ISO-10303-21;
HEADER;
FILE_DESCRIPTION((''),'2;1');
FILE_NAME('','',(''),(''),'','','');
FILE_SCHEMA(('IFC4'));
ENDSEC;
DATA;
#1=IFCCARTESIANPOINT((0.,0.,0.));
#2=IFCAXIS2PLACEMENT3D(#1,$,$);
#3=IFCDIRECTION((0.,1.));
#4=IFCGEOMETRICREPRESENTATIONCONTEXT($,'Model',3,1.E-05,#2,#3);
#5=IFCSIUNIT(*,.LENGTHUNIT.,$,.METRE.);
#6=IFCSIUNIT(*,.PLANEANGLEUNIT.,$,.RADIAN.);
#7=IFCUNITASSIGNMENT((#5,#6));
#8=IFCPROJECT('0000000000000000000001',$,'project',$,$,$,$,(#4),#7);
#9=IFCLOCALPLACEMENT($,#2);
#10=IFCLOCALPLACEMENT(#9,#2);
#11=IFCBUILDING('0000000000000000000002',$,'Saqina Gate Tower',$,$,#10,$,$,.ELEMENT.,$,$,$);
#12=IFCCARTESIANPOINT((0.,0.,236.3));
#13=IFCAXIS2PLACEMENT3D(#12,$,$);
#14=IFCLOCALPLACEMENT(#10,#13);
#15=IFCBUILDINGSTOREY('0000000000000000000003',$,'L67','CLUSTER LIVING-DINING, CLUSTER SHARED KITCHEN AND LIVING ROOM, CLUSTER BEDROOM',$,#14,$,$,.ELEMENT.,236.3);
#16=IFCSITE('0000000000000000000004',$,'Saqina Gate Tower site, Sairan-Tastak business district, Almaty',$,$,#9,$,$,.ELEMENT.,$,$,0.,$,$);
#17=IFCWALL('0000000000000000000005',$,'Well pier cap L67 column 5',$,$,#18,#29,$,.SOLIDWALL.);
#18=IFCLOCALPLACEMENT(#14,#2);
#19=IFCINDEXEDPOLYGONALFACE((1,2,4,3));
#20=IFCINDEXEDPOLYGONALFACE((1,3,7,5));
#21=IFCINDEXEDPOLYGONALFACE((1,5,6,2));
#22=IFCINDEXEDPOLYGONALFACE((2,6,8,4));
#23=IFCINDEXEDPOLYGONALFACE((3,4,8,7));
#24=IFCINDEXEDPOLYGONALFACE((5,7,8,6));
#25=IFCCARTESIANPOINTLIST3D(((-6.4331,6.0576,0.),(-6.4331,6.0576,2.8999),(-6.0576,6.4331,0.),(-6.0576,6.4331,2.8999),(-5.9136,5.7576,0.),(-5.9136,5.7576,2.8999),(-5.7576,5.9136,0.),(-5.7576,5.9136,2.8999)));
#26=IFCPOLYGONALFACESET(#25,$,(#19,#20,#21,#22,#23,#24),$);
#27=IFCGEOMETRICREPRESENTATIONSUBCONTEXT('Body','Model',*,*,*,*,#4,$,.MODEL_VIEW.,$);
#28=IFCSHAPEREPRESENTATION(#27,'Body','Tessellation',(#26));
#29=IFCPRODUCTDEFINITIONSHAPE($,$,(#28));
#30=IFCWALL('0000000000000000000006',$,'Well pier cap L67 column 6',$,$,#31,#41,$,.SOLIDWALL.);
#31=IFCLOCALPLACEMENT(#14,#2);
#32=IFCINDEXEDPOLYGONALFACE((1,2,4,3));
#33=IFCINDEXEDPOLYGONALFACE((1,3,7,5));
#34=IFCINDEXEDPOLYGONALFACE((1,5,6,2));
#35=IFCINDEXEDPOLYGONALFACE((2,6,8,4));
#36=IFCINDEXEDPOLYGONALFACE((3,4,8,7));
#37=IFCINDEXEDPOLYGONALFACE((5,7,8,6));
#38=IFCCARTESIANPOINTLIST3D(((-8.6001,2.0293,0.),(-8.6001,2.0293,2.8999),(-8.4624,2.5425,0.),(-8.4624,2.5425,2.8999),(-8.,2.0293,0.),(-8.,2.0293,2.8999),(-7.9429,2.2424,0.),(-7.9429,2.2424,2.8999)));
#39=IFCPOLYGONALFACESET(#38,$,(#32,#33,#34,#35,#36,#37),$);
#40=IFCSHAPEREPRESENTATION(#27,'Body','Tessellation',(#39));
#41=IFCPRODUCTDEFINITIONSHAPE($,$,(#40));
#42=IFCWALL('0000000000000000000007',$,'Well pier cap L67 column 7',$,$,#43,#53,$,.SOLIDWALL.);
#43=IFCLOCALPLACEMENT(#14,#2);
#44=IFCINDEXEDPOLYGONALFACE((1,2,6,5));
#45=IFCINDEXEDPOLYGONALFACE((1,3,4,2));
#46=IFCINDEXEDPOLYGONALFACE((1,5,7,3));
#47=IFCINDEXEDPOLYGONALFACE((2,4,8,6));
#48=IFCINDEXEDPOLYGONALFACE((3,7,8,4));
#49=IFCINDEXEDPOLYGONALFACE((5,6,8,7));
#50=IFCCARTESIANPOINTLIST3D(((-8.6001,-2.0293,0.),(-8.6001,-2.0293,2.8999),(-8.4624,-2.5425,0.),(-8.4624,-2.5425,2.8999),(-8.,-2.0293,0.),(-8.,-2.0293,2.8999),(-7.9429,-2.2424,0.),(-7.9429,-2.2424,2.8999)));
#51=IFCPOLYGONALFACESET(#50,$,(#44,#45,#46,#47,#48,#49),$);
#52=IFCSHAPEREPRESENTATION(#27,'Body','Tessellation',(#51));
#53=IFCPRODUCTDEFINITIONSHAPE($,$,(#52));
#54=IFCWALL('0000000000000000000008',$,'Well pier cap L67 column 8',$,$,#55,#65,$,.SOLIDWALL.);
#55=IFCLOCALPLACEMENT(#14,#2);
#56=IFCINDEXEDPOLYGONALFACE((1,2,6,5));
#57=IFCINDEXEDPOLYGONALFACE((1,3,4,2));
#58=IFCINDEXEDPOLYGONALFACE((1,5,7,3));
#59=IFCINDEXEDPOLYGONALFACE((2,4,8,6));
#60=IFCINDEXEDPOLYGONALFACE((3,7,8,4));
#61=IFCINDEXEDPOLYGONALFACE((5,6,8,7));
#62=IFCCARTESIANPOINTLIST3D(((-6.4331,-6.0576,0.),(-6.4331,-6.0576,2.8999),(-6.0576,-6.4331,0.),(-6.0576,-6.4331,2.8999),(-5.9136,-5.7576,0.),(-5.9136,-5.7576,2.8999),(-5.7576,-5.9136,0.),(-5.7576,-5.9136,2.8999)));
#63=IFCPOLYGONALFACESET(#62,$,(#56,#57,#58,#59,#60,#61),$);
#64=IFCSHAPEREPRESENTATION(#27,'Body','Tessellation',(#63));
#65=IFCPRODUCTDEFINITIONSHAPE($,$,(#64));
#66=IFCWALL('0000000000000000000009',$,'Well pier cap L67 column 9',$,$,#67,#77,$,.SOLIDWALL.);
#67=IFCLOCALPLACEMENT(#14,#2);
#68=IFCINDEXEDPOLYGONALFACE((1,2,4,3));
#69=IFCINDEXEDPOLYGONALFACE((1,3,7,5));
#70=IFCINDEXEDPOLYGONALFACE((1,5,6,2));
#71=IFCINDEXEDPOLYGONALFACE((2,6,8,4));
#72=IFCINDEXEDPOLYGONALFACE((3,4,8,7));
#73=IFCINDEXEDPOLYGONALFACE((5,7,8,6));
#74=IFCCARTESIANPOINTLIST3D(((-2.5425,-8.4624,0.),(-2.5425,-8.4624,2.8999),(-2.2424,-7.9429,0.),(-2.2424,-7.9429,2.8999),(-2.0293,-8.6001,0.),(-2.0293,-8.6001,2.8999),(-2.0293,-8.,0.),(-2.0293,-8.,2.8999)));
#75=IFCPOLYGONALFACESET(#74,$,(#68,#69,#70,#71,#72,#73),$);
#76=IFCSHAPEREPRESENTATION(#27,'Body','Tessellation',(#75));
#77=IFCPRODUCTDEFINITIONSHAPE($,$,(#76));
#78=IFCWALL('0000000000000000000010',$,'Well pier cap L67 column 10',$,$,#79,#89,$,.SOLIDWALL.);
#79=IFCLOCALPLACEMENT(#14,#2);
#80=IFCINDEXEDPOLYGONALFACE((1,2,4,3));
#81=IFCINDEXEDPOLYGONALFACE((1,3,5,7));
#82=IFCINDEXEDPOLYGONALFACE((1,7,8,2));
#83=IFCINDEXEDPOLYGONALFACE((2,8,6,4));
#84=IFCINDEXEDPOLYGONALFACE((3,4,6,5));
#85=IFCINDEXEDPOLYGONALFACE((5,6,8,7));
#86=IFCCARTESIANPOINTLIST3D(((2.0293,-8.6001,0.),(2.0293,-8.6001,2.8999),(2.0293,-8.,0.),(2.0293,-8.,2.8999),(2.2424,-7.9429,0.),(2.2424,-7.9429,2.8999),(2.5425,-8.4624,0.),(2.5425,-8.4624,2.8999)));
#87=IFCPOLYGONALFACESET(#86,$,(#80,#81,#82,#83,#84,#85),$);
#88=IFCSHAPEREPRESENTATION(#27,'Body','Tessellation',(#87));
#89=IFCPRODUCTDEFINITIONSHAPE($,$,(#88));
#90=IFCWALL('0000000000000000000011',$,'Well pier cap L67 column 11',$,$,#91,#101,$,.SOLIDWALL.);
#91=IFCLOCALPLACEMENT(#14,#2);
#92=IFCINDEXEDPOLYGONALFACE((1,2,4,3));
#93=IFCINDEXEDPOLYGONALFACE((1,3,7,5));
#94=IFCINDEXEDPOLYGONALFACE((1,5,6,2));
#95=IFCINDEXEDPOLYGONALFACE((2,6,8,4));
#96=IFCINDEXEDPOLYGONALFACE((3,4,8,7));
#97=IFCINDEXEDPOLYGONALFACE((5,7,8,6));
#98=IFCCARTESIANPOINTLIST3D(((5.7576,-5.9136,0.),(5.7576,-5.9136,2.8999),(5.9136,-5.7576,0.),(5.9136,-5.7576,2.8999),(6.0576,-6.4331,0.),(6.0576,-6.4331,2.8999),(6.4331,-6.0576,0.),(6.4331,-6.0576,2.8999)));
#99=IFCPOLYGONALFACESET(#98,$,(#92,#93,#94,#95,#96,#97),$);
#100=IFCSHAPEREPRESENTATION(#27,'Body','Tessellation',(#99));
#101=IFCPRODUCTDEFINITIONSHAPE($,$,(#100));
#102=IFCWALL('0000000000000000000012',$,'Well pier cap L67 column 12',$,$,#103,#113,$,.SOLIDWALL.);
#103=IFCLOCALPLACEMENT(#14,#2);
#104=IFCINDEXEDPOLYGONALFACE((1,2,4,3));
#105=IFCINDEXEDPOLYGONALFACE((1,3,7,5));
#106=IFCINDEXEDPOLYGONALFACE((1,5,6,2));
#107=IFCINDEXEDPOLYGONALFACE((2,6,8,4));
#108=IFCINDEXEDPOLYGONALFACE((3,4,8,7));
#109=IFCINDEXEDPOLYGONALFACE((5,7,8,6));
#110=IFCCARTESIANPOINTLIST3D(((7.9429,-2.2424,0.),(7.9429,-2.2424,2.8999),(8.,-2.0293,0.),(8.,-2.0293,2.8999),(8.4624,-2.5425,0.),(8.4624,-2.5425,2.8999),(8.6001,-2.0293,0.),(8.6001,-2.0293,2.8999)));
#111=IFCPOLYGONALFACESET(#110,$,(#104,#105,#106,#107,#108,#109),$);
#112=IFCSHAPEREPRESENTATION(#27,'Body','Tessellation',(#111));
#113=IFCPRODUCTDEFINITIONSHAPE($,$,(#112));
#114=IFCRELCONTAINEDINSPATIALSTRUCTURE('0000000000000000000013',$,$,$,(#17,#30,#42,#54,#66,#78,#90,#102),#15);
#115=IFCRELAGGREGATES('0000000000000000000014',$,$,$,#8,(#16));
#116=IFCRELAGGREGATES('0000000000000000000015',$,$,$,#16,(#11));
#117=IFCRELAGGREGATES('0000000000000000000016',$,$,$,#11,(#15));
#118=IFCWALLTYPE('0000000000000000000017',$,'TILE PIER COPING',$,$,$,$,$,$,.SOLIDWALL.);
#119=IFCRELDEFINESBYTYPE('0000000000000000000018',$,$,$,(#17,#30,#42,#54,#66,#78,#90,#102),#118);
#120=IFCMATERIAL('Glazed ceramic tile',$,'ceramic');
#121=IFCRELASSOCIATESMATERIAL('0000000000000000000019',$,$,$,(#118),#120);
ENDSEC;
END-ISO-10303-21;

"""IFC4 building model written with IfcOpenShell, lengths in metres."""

from ifc_helpers import new_model, si_unit, direction, frame, origin, place, context, subcontext, project, spatial, polyline, outline, extrude, material, type_object, element, save


model = new_model("IFC4")

# Units and contexts
model_context = context("Model", 3, precision=1e-05, world=origin(), true_north=direction((0.0, 1.0)))
body_context = subcontext(model_context, "Body", "Model", "MODEL_VIEW")
ifc_project = project(units=[si_unit("LENGTHUNIT", "METRE"), si_unit("PLANEANGLEUNIT", "RADIAN")], contexts=[model_context])

# Site, building, storey
site_placement = place(None, origin())
site = spatial("IfcSite", under=ifc_project, at=site_placement, Name="Saqina Gate Tower site, Sairan-Tastak business district, Almaty", CompositionType="ELEMENT", RefElevation=0.0)
building_placement = place(site_placement, origin())
building = spatial("IfcBuilding", under=site, at=building_placement, Name="Saqina Gate Tower", CompositionType="ELEMENT")
storey_placement = place(building_placement, frame((0.0, 0.0, 236.3)))
storey = spatial("IfcBuildingStorey", under=building, at=storey_placement, Name="L67", Description="CLUSTER LIVING-DINING, CLUSTER SHARED KITCHEN AND LIVING ROOM, CLUSTER BEDROOM", CompositionType="ELEMENT", Elevation=236.3)

# Walls
ifc_material_1 = material(Name="Glazed ceramic tile", Category="ceramic")
wall_type_1 = type_object("IfcWallType", Name="TILE PIER COPING", PredefinedType="SOLIDWALL", material=ifc_material_1)
wall_1_placement = place(storey_placement, origin())
element("IfcWall", 1, at=wall_1_placement, inside=storey, type_object=wall_type_1, Name="Well pier cap L67 column 5", PredefinedType="SOLIDWALL", context=body_context, shape_type="SweptSolid", body=[
    extrude(outline(polyline([(-6.4331, 6.0576), (-5.9136, 5.7576), (-5.7576, 5.9136), (-6.0576, 6.4331), (-6.4331, 6.0576)])), origin(), (0.0, 0.0, 1.0), 2.8999),
])
wall_2_placement = place(storey_placement, origin())
element("IfcWall", 2, at=wall_2_placement, inside=storey, type_object=wall_type_1, Name="Well pier cap L67 column 6", PredefinedType="SOLIDWALL", context=body_context, shape_type="SweptSolid", body=[
    extrude(outline(polyline([(-8.6001, 2.0293), (-8.0, 2.0293), (-7.9429, 2.2424), (-8.4624, 2.5425), (-8.6001, 2.0293)])), origin(), (0.0, 0.0, 1.0), 2.8999),
])
wall_3_placement = place(storey_placement, origin())
element("IfcWall", 3, at=wall_3_placement, inside=storey, type_object=wall_type_1, Name="Well pier cap L67 column 7", PredefinedType="SOLIDWALL", context=body_context, shape_type="SweptSolid", body=[
    extrude(outline(polyline([(-8.4624, -2.5425), (-7.9429, -2.2424), (-8.0, -2.0293), (-8.6001, -2.0293), (-8.4624, -2.5425)])), origin(), (0.0, 0.0, 1.0), 2.8999),
])
wall_4_placement = place(storey_placement, origin())
element("IfcWall", 4, at=wall_4_placement, inside=storey, type_object=wall_type_1, Name="Well pier cap L67 column 8", PredefinedType="SOLIDWALL", context=body_context, shape_type="SweptSolid", body=[
    extrude(outline(polyline([(-6.0576, -6.4331), (-5.7576, -5.9136), (-5.9136, -5.7576), (-6.4331, -6.0576), (-6.0576, -6.4331)])), origin(), (0.0, 0.0, 1.0), 2.8999),
])
wall_5_placement = place(storey_placement, origin())
element("IfcWall", 5, at=wall_5_placement, inside=storey, type_object=wall_type_1, Name="Well pier cap L67 column 9", PredefinedType="SOLIDWALL", context=body_context, shape_type="SweptSolid", body=[
    extrude(outline(polyline([(-2.0293, -8.6001), (-2.0293, -8.0), (-2.2424, -7.9429), (-2.5425, -8.4624), (-2.0293, -8.6001)])), origin(), (0.0, 0.0, 1.0), 2.8999),
])
wall_6_placement = place(storey_placement, origin())
element("IfcWall", 6, at=wall_6_placement, inside=storey, type_object=wall_type_1, Name="Well pier cap L67 column 10", PredefinedType="SOLIDWALL", context=body_context, shape_type="SweptSolid", body=[
    extrude(outline(polyline([(2.5425, -8.4624), (2.2424, -7.9429), (2.0293, -8.0), (2.0293, -8.6001), (2.5425, -8.4624)])), origin(), (0.0, 0.0, 1.0), 2.8999),
])
wall_7_placement = place(storey_placement, origin())
element("IfcWall", 7, at=wall_7_placement, inside=storey, type_object=wall_type_1, Name="Well pier cap L67 column 11", PredefinedType="SOLIDWALL", context=body_context, shape_type="SweptSolid", body=[
    extrude(outline(polyline([(6.4331, -6.0576), (5.9136, -5.7576), (5.7576, -5.9136), (6.0576, -6.4331), (6.4331, -6.0576)])), origin(), (0.0, 0.0, 1.0), 2.8999),
])
wall_8_placement = place(storey_placement, origin())
element("IfcWall", 8, at=wall_8_placement, inside=storey, type_object=wall_type_1, Name="Well pier cap L67 column 12", PredefinedType="SOLIDWALL", context=body_context, shape_type="SweptSolid", body=[
    extrude(outline(polyline([(8.6001, -2.0293), (8.0, -2.0293), (7.9429, -2.2424), (8.4624, -2.5425), (8.6001, -2.0293)])), origin(), (0.0, 0.0, 1.0), 2.8999),
])

save(model, "model.ifc")
